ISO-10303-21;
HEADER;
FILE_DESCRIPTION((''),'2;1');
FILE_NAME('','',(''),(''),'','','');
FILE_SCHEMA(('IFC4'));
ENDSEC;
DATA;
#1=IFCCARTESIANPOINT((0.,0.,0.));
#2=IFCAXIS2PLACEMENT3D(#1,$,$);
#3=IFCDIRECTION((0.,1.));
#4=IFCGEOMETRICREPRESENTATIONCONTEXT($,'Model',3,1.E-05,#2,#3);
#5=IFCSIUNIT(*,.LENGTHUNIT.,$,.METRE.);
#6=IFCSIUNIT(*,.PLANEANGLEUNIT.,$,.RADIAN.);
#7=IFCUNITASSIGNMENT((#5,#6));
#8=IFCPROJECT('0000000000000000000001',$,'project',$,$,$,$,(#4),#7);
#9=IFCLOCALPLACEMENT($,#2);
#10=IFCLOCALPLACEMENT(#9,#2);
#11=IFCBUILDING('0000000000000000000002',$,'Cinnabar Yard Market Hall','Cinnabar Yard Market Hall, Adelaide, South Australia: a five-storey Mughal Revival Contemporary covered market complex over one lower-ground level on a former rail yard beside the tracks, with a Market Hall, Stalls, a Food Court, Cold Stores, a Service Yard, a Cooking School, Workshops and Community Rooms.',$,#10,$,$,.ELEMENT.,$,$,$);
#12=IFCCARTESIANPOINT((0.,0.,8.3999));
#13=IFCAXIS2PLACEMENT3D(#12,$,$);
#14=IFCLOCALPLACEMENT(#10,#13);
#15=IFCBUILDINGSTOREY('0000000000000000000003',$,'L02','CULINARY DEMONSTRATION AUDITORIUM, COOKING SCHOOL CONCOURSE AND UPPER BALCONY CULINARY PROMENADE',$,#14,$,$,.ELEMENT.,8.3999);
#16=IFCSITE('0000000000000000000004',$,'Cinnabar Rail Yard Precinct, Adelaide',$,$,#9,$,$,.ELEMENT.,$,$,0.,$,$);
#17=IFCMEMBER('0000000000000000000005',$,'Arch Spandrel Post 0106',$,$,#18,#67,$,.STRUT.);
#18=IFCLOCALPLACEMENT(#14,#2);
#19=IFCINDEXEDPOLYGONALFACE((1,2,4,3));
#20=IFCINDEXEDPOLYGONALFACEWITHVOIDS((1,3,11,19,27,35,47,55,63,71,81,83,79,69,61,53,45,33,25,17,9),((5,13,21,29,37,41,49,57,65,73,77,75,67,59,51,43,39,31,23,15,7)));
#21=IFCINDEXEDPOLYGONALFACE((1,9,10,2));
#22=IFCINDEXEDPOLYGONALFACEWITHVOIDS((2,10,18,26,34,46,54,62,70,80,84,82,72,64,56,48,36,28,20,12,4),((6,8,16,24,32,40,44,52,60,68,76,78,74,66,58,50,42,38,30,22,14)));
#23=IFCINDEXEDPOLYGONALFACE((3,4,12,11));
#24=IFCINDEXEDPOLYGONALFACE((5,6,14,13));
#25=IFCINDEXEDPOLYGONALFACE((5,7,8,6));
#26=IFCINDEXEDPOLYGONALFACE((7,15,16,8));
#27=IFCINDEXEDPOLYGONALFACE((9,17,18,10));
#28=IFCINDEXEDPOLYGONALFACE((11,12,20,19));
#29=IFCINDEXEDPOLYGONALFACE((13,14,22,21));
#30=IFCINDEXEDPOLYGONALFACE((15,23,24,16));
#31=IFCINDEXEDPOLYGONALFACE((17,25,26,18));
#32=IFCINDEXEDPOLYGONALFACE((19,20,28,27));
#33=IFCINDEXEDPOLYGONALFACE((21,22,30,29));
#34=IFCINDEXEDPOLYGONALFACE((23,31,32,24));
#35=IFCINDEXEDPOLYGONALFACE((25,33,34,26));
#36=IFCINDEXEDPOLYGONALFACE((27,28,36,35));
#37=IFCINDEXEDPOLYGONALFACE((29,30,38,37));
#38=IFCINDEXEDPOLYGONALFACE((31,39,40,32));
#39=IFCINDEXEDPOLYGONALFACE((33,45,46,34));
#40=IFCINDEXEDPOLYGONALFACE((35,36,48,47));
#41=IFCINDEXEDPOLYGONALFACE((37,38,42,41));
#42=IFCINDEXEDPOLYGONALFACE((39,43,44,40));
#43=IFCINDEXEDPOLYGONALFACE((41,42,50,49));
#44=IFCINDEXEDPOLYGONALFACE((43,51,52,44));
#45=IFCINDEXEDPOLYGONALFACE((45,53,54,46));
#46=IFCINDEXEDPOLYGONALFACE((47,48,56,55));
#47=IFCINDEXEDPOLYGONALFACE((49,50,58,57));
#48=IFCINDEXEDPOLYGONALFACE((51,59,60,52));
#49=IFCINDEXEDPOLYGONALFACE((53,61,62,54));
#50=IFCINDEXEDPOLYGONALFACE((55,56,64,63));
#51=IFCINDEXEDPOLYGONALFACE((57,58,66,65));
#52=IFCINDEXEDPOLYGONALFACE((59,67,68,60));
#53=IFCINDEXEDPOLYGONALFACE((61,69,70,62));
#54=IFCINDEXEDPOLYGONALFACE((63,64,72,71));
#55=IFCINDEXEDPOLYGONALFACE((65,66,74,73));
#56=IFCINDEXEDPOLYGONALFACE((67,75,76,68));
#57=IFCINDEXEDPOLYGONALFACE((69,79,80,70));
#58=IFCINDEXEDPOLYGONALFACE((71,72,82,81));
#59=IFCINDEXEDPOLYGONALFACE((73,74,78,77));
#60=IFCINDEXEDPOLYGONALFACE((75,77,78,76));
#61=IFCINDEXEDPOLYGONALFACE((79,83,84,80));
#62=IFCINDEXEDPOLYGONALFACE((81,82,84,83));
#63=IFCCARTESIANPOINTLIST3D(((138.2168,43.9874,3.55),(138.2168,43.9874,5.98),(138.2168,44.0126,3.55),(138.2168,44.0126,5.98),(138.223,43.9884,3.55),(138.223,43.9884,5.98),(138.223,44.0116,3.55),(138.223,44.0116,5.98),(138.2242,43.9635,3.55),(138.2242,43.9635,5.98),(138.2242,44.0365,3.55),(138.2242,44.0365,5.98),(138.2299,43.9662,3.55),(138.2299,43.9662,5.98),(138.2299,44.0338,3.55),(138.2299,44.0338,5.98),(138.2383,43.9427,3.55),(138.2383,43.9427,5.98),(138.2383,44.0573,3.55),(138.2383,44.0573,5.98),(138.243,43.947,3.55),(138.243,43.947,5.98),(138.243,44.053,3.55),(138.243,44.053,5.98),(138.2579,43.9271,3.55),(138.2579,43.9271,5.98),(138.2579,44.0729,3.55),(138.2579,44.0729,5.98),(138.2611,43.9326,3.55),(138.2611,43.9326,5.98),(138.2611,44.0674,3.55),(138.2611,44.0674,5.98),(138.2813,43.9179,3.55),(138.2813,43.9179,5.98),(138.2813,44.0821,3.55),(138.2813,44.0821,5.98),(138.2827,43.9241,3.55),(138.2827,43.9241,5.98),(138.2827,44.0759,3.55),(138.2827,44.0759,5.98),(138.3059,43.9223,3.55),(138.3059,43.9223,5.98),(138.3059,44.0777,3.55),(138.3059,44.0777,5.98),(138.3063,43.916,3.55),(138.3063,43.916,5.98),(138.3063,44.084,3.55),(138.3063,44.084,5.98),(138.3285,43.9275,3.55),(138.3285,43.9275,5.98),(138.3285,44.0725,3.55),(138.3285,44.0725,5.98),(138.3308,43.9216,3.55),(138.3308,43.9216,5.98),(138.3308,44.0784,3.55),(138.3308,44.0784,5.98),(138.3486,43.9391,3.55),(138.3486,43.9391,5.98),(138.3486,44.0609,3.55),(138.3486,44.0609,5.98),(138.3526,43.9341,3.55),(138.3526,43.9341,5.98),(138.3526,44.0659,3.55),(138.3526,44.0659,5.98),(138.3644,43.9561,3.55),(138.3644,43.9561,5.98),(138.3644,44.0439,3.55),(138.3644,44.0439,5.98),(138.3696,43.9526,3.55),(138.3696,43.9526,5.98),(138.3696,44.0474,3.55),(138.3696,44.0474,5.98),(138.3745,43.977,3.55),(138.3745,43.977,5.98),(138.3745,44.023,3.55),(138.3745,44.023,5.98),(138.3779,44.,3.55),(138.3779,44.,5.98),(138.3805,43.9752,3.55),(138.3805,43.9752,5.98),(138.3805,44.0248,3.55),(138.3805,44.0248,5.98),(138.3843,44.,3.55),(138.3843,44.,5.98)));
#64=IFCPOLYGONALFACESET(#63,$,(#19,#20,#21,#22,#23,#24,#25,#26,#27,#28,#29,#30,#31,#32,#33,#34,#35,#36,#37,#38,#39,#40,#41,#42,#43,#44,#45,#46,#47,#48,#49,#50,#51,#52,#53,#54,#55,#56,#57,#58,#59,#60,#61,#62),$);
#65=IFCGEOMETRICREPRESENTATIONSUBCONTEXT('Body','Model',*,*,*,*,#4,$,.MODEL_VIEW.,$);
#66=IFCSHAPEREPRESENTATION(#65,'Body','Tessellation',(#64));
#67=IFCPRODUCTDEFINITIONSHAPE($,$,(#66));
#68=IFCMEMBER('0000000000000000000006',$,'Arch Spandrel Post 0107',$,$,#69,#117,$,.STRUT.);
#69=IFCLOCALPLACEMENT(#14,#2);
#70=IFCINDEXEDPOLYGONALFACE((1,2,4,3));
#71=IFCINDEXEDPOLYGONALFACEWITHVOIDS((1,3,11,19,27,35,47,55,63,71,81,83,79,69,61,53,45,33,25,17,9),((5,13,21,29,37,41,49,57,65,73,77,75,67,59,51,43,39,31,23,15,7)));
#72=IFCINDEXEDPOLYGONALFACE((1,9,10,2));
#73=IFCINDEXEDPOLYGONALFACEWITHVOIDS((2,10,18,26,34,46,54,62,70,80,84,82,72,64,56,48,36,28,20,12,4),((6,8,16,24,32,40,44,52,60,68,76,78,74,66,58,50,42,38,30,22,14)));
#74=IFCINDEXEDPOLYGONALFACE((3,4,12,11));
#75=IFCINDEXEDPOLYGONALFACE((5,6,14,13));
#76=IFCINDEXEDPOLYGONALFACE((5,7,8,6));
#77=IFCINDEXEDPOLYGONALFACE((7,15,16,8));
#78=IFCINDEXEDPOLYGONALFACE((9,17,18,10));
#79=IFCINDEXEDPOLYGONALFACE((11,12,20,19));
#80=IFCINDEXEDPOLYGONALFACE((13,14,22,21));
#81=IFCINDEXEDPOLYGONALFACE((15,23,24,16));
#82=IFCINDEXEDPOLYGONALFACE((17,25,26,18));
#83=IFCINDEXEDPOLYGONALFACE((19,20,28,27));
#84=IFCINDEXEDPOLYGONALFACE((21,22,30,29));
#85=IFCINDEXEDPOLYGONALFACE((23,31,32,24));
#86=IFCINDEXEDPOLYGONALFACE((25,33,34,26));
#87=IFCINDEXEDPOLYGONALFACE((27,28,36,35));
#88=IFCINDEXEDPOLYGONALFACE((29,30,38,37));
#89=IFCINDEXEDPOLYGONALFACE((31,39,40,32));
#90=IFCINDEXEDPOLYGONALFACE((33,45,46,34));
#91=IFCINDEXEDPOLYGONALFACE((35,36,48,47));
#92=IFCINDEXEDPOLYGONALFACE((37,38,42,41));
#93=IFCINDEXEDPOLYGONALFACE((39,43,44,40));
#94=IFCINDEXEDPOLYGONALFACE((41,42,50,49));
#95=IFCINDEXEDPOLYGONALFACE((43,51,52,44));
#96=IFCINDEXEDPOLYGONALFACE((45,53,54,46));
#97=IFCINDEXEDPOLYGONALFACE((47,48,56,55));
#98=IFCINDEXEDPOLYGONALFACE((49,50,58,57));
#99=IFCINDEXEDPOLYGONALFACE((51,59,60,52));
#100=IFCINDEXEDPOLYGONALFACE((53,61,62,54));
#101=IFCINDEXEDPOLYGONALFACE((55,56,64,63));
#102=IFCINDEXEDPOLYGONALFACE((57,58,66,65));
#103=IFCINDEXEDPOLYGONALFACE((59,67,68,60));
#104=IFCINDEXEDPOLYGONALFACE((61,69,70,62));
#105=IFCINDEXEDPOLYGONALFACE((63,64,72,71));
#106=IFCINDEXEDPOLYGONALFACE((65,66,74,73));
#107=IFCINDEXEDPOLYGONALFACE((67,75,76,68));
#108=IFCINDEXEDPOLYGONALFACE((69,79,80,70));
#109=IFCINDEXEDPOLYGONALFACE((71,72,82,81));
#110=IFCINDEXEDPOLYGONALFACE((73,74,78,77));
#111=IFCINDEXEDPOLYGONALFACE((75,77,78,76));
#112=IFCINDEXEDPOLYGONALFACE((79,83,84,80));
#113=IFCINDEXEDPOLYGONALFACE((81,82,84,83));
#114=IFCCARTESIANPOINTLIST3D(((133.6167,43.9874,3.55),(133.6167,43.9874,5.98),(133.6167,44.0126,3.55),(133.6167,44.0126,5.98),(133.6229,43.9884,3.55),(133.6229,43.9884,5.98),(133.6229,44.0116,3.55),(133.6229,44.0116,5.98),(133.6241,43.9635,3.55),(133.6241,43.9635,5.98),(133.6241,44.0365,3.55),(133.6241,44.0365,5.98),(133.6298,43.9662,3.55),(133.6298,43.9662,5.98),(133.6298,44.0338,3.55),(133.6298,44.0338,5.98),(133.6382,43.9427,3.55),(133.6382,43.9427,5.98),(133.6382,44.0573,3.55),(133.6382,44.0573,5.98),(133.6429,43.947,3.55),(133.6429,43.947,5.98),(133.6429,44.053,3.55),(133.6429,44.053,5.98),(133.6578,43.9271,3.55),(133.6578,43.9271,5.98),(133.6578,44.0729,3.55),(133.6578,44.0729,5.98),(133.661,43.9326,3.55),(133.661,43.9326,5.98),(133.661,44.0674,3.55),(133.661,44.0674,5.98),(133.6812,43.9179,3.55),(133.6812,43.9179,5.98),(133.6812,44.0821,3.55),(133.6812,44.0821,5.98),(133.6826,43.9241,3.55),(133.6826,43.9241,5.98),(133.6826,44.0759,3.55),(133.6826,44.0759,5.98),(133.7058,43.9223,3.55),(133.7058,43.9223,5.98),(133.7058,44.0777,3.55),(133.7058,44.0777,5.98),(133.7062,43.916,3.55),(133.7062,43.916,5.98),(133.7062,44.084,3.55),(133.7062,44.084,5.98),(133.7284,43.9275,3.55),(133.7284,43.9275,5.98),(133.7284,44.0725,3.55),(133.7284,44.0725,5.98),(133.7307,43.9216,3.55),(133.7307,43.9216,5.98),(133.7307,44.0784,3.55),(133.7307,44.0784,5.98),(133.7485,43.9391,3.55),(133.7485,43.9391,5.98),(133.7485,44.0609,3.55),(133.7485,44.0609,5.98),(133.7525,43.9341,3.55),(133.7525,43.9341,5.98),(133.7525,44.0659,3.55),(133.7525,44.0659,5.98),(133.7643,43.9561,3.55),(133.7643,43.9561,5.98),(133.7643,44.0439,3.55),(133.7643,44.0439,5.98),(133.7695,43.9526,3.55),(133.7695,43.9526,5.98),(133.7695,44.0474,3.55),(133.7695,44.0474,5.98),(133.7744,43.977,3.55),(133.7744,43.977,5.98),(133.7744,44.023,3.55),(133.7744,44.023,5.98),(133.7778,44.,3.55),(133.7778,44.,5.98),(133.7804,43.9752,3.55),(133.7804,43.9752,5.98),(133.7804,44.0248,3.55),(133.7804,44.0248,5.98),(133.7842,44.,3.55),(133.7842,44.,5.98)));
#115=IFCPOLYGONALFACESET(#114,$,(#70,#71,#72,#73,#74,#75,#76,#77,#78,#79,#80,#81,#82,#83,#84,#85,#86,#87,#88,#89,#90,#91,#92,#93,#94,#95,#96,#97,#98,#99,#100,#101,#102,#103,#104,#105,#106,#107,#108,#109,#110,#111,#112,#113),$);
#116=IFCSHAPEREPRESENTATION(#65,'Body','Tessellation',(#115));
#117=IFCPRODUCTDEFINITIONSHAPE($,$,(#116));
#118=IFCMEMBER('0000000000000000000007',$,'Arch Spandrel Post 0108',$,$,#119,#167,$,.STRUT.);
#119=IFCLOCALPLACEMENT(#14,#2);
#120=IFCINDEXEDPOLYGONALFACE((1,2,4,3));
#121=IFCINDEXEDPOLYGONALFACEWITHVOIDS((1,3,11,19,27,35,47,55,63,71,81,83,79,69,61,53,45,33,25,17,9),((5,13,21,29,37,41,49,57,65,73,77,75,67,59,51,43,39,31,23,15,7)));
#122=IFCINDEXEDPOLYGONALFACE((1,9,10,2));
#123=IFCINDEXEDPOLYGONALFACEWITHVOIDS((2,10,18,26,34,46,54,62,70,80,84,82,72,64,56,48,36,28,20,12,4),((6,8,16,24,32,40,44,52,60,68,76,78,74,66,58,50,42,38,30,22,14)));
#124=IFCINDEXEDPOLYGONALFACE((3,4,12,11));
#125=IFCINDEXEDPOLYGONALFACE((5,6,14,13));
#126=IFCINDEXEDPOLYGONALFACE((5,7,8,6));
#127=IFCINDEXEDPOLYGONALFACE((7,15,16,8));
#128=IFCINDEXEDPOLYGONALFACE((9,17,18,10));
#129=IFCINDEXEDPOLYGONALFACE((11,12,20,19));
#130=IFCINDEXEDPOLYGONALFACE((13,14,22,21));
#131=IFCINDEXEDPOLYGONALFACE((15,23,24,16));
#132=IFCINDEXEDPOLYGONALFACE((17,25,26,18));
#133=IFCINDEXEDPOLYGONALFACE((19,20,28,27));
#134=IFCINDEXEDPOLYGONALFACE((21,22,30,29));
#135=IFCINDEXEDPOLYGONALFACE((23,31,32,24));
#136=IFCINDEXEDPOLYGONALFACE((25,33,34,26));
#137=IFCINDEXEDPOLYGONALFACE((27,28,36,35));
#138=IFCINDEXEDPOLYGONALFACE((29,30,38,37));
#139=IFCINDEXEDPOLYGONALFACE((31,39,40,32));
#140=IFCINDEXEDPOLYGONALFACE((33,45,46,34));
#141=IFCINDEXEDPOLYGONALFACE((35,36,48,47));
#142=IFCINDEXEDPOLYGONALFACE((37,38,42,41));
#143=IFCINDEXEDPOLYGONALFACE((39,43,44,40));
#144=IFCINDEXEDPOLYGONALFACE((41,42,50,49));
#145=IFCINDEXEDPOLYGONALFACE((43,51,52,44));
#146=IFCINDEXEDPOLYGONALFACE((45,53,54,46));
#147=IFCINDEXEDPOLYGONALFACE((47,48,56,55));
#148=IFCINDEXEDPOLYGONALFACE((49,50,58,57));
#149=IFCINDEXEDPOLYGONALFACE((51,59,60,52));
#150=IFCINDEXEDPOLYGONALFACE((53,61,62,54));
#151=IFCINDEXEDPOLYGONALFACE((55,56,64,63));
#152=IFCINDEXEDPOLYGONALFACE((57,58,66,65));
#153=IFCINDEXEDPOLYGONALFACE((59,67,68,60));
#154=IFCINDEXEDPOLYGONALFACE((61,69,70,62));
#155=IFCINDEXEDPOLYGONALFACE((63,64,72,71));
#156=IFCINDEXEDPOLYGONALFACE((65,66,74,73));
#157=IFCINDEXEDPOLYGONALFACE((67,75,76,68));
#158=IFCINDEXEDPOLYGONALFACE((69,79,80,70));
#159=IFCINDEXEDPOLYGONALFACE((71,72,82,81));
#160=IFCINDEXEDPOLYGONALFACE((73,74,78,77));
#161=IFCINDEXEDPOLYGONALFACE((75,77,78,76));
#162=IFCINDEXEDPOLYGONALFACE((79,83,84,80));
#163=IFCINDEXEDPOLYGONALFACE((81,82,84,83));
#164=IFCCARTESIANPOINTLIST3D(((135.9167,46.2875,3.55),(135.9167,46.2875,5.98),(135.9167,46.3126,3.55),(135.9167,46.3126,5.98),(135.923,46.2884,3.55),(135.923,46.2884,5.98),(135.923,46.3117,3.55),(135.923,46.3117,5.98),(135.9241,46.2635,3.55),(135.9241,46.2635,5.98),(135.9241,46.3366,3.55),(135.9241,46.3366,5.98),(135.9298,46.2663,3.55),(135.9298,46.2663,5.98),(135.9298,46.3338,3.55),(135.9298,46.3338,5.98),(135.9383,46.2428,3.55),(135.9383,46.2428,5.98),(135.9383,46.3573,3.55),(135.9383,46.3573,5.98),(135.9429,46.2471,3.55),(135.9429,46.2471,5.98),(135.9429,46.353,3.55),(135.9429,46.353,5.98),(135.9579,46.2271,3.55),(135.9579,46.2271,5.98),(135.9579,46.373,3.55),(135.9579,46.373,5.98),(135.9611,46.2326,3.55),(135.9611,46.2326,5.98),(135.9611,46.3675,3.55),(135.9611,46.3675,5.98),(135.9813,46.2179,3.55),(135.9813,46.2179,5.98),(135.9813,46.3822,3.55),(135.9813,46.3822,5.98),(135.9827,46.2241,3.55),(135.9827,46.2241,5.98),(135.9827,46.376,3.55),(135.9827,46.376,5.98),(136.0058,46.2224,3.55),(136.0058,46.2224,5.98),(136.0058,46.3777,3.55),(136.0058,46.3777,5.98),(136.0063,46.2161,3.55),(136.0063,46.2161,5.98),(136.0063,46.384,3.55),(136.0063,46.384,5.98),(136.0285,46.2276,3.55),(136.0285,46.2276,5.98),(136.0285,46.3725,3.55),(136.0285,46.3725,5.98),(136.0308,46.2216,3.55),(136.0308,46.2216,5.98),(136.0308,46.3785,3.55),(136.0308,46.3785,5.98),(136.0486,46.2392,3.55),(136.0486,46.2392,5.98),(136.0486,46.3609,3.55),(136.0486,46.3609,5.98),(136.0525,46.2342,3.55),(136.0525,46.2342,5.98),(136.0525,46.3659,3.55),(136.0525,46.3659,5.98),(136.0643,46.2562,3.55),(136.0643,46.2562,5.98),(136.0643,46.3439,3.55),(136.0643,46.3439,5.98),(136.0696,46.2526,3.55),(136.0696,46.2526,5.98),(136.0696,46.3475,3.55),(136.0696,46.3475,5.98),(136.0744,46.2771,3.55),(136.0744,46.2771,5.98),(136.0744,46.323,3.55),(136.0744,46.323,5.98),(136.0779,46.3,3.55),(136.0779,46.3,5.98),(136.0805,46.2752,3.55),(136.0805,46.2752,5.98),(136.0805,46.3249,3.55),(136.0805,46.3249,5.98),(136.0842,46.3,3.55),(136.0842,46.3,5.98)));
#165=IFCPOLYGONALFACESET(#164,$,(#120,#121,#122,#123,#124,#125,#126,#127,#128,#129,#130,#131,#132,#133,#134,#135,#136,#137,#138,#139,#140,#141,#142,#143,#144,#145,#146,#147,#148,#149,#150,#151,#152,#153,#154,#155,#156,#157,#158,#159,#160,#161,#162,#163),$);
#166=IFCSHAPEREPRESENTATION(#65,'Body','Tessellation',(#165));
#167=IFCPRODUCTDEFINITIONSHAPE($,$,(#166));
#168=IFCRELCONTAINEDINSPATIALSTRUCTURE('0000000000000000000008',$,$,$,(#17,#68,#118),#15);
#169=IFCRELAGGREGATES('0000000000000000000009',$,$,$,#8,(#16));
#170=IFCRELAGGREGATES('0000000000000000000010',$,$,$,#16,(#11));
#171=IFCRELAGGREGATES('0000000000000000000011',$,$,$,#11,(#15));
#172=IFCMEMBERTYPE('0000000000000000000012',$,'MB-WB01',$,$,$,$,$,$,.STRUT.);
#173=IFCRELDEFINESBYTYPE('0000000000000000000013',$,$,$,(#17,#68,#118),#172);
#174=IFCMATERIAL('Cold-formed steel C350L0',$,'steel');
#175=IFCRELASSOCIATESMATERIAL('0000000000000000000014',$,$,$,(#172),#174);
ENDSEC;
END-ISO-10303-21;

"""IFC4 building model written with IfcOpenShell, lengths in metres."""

from ifc_helpers import new_model, si_unit, direction, frame, origin, origin_2d_with_axis, place, context, subcontext, project, spatial, hollow_circle, extrude, material, material_profile, profile_set, type_object, element, save


model = new_model("IFC4")

# Units and contexts
model_context = context("Model", 3, precision=1e-05, world=origin(), true_north=direction((0.0, 1.0)))
body_context = subcontext(model_context, "Body", "Model", "MODEL_VIEW")
ifc_project = project(units=[si_unit("LENGTHUNIT", "METRE"), si_unit("PLANEANGLEUNIT", "RADIAN")], contexts=[model_context])

# Site, building, storey
site_placement = place(None, origin())
site = spatial("IfcSite", under=ifc_project, at=site_placement, Name="Cinnabar Rail Yard Precinct, Adelaide", CompositionType="ELEMENT", RefElevation=0.0)
building_placement = place(site_placement, origin())
building = spatial("IfcBuilding", under=site, at=building_placement, Name="Cinnabar Yard Market Hall", Description="Cinnabar Yard Market Hall, Adelaide, South Australia: a five-storey Mughal Revival Contemporary covered market complex over one lower-ground level on a former rail yard beside the tracks, with a Market Hall, Stalls, a Food Court, Cold Stores, a Service Yard, a Cooking School, Workshops and Community Rooms.", CompositionType="ELEMENT")
storey_placement = place(building_placement, frame((0.0, 0.0, 8.3999)))
storey = spatial("IfcBuildingStorey", under=building, at=storey_placement, Name="L02", Description="CULINARY DEMONSTRATION AUDITORIUM, COOKING SCHOOL CONCOURSE AND UPPER BALCONY CULINARY PROMENADE", CompositionType="ELEMENT", Elevation=8.3999)

# Members
ifc_material_1 = material(Name="Cold-formed steel C350L0", Category="steel")
ifc_material_profile_1 = material_profile(ifc_material_1, hollow_circle(Radius=0.0842, WallThickness=0.0063, at=origin_2d_with_axis()), Name="168.3x6.4CHS")
ifc_profile_set_1 = profile_set([ifc_material_profile_1], Name="Cold-formed steel C350L0")
member_type_1 = type_object("IfcMemberType", Name="MB-WB01", PredefinedType="STRUT", material=ifc_profile_set_1)
for number, where, z_axis, x_axis, name in (
    (1, (138.3, 44.0, 3.55), (0.0, 0.0, 1.0), (1.0, 0.0, 0.0), "Arch Spandrel Post 0106"),
    (2, (133.7, 44.0, 3.55), (0.0, 0.0, 1.0), (1.0, 0.0, 0.0), "Arch Spandrel Post 0107"),
    (3, (136.0, 46.3, 3.55), (0.0, 0.0, 1.0), (1.0, 0.0, 0.0), "Arch Spandrel Post 0108"),
):
    element("IfcMember", number, at=place(storey_placement, frame(where, z_axis=z_axis, x_axis=x_axis)), inside=storey, type_object=member_type_1, Name=name, PredefinedType="STRUT", context=body_context, shape_type="SweptSolid", body=[
        extrude(hollow_circle(Radius=0.0842, WallThickness=0.0063, at=origin_2d_with_axis()), origin(), (0.0, 0.0, 1.0), 2.4299),
    ])

save(model, "model.ifc")
